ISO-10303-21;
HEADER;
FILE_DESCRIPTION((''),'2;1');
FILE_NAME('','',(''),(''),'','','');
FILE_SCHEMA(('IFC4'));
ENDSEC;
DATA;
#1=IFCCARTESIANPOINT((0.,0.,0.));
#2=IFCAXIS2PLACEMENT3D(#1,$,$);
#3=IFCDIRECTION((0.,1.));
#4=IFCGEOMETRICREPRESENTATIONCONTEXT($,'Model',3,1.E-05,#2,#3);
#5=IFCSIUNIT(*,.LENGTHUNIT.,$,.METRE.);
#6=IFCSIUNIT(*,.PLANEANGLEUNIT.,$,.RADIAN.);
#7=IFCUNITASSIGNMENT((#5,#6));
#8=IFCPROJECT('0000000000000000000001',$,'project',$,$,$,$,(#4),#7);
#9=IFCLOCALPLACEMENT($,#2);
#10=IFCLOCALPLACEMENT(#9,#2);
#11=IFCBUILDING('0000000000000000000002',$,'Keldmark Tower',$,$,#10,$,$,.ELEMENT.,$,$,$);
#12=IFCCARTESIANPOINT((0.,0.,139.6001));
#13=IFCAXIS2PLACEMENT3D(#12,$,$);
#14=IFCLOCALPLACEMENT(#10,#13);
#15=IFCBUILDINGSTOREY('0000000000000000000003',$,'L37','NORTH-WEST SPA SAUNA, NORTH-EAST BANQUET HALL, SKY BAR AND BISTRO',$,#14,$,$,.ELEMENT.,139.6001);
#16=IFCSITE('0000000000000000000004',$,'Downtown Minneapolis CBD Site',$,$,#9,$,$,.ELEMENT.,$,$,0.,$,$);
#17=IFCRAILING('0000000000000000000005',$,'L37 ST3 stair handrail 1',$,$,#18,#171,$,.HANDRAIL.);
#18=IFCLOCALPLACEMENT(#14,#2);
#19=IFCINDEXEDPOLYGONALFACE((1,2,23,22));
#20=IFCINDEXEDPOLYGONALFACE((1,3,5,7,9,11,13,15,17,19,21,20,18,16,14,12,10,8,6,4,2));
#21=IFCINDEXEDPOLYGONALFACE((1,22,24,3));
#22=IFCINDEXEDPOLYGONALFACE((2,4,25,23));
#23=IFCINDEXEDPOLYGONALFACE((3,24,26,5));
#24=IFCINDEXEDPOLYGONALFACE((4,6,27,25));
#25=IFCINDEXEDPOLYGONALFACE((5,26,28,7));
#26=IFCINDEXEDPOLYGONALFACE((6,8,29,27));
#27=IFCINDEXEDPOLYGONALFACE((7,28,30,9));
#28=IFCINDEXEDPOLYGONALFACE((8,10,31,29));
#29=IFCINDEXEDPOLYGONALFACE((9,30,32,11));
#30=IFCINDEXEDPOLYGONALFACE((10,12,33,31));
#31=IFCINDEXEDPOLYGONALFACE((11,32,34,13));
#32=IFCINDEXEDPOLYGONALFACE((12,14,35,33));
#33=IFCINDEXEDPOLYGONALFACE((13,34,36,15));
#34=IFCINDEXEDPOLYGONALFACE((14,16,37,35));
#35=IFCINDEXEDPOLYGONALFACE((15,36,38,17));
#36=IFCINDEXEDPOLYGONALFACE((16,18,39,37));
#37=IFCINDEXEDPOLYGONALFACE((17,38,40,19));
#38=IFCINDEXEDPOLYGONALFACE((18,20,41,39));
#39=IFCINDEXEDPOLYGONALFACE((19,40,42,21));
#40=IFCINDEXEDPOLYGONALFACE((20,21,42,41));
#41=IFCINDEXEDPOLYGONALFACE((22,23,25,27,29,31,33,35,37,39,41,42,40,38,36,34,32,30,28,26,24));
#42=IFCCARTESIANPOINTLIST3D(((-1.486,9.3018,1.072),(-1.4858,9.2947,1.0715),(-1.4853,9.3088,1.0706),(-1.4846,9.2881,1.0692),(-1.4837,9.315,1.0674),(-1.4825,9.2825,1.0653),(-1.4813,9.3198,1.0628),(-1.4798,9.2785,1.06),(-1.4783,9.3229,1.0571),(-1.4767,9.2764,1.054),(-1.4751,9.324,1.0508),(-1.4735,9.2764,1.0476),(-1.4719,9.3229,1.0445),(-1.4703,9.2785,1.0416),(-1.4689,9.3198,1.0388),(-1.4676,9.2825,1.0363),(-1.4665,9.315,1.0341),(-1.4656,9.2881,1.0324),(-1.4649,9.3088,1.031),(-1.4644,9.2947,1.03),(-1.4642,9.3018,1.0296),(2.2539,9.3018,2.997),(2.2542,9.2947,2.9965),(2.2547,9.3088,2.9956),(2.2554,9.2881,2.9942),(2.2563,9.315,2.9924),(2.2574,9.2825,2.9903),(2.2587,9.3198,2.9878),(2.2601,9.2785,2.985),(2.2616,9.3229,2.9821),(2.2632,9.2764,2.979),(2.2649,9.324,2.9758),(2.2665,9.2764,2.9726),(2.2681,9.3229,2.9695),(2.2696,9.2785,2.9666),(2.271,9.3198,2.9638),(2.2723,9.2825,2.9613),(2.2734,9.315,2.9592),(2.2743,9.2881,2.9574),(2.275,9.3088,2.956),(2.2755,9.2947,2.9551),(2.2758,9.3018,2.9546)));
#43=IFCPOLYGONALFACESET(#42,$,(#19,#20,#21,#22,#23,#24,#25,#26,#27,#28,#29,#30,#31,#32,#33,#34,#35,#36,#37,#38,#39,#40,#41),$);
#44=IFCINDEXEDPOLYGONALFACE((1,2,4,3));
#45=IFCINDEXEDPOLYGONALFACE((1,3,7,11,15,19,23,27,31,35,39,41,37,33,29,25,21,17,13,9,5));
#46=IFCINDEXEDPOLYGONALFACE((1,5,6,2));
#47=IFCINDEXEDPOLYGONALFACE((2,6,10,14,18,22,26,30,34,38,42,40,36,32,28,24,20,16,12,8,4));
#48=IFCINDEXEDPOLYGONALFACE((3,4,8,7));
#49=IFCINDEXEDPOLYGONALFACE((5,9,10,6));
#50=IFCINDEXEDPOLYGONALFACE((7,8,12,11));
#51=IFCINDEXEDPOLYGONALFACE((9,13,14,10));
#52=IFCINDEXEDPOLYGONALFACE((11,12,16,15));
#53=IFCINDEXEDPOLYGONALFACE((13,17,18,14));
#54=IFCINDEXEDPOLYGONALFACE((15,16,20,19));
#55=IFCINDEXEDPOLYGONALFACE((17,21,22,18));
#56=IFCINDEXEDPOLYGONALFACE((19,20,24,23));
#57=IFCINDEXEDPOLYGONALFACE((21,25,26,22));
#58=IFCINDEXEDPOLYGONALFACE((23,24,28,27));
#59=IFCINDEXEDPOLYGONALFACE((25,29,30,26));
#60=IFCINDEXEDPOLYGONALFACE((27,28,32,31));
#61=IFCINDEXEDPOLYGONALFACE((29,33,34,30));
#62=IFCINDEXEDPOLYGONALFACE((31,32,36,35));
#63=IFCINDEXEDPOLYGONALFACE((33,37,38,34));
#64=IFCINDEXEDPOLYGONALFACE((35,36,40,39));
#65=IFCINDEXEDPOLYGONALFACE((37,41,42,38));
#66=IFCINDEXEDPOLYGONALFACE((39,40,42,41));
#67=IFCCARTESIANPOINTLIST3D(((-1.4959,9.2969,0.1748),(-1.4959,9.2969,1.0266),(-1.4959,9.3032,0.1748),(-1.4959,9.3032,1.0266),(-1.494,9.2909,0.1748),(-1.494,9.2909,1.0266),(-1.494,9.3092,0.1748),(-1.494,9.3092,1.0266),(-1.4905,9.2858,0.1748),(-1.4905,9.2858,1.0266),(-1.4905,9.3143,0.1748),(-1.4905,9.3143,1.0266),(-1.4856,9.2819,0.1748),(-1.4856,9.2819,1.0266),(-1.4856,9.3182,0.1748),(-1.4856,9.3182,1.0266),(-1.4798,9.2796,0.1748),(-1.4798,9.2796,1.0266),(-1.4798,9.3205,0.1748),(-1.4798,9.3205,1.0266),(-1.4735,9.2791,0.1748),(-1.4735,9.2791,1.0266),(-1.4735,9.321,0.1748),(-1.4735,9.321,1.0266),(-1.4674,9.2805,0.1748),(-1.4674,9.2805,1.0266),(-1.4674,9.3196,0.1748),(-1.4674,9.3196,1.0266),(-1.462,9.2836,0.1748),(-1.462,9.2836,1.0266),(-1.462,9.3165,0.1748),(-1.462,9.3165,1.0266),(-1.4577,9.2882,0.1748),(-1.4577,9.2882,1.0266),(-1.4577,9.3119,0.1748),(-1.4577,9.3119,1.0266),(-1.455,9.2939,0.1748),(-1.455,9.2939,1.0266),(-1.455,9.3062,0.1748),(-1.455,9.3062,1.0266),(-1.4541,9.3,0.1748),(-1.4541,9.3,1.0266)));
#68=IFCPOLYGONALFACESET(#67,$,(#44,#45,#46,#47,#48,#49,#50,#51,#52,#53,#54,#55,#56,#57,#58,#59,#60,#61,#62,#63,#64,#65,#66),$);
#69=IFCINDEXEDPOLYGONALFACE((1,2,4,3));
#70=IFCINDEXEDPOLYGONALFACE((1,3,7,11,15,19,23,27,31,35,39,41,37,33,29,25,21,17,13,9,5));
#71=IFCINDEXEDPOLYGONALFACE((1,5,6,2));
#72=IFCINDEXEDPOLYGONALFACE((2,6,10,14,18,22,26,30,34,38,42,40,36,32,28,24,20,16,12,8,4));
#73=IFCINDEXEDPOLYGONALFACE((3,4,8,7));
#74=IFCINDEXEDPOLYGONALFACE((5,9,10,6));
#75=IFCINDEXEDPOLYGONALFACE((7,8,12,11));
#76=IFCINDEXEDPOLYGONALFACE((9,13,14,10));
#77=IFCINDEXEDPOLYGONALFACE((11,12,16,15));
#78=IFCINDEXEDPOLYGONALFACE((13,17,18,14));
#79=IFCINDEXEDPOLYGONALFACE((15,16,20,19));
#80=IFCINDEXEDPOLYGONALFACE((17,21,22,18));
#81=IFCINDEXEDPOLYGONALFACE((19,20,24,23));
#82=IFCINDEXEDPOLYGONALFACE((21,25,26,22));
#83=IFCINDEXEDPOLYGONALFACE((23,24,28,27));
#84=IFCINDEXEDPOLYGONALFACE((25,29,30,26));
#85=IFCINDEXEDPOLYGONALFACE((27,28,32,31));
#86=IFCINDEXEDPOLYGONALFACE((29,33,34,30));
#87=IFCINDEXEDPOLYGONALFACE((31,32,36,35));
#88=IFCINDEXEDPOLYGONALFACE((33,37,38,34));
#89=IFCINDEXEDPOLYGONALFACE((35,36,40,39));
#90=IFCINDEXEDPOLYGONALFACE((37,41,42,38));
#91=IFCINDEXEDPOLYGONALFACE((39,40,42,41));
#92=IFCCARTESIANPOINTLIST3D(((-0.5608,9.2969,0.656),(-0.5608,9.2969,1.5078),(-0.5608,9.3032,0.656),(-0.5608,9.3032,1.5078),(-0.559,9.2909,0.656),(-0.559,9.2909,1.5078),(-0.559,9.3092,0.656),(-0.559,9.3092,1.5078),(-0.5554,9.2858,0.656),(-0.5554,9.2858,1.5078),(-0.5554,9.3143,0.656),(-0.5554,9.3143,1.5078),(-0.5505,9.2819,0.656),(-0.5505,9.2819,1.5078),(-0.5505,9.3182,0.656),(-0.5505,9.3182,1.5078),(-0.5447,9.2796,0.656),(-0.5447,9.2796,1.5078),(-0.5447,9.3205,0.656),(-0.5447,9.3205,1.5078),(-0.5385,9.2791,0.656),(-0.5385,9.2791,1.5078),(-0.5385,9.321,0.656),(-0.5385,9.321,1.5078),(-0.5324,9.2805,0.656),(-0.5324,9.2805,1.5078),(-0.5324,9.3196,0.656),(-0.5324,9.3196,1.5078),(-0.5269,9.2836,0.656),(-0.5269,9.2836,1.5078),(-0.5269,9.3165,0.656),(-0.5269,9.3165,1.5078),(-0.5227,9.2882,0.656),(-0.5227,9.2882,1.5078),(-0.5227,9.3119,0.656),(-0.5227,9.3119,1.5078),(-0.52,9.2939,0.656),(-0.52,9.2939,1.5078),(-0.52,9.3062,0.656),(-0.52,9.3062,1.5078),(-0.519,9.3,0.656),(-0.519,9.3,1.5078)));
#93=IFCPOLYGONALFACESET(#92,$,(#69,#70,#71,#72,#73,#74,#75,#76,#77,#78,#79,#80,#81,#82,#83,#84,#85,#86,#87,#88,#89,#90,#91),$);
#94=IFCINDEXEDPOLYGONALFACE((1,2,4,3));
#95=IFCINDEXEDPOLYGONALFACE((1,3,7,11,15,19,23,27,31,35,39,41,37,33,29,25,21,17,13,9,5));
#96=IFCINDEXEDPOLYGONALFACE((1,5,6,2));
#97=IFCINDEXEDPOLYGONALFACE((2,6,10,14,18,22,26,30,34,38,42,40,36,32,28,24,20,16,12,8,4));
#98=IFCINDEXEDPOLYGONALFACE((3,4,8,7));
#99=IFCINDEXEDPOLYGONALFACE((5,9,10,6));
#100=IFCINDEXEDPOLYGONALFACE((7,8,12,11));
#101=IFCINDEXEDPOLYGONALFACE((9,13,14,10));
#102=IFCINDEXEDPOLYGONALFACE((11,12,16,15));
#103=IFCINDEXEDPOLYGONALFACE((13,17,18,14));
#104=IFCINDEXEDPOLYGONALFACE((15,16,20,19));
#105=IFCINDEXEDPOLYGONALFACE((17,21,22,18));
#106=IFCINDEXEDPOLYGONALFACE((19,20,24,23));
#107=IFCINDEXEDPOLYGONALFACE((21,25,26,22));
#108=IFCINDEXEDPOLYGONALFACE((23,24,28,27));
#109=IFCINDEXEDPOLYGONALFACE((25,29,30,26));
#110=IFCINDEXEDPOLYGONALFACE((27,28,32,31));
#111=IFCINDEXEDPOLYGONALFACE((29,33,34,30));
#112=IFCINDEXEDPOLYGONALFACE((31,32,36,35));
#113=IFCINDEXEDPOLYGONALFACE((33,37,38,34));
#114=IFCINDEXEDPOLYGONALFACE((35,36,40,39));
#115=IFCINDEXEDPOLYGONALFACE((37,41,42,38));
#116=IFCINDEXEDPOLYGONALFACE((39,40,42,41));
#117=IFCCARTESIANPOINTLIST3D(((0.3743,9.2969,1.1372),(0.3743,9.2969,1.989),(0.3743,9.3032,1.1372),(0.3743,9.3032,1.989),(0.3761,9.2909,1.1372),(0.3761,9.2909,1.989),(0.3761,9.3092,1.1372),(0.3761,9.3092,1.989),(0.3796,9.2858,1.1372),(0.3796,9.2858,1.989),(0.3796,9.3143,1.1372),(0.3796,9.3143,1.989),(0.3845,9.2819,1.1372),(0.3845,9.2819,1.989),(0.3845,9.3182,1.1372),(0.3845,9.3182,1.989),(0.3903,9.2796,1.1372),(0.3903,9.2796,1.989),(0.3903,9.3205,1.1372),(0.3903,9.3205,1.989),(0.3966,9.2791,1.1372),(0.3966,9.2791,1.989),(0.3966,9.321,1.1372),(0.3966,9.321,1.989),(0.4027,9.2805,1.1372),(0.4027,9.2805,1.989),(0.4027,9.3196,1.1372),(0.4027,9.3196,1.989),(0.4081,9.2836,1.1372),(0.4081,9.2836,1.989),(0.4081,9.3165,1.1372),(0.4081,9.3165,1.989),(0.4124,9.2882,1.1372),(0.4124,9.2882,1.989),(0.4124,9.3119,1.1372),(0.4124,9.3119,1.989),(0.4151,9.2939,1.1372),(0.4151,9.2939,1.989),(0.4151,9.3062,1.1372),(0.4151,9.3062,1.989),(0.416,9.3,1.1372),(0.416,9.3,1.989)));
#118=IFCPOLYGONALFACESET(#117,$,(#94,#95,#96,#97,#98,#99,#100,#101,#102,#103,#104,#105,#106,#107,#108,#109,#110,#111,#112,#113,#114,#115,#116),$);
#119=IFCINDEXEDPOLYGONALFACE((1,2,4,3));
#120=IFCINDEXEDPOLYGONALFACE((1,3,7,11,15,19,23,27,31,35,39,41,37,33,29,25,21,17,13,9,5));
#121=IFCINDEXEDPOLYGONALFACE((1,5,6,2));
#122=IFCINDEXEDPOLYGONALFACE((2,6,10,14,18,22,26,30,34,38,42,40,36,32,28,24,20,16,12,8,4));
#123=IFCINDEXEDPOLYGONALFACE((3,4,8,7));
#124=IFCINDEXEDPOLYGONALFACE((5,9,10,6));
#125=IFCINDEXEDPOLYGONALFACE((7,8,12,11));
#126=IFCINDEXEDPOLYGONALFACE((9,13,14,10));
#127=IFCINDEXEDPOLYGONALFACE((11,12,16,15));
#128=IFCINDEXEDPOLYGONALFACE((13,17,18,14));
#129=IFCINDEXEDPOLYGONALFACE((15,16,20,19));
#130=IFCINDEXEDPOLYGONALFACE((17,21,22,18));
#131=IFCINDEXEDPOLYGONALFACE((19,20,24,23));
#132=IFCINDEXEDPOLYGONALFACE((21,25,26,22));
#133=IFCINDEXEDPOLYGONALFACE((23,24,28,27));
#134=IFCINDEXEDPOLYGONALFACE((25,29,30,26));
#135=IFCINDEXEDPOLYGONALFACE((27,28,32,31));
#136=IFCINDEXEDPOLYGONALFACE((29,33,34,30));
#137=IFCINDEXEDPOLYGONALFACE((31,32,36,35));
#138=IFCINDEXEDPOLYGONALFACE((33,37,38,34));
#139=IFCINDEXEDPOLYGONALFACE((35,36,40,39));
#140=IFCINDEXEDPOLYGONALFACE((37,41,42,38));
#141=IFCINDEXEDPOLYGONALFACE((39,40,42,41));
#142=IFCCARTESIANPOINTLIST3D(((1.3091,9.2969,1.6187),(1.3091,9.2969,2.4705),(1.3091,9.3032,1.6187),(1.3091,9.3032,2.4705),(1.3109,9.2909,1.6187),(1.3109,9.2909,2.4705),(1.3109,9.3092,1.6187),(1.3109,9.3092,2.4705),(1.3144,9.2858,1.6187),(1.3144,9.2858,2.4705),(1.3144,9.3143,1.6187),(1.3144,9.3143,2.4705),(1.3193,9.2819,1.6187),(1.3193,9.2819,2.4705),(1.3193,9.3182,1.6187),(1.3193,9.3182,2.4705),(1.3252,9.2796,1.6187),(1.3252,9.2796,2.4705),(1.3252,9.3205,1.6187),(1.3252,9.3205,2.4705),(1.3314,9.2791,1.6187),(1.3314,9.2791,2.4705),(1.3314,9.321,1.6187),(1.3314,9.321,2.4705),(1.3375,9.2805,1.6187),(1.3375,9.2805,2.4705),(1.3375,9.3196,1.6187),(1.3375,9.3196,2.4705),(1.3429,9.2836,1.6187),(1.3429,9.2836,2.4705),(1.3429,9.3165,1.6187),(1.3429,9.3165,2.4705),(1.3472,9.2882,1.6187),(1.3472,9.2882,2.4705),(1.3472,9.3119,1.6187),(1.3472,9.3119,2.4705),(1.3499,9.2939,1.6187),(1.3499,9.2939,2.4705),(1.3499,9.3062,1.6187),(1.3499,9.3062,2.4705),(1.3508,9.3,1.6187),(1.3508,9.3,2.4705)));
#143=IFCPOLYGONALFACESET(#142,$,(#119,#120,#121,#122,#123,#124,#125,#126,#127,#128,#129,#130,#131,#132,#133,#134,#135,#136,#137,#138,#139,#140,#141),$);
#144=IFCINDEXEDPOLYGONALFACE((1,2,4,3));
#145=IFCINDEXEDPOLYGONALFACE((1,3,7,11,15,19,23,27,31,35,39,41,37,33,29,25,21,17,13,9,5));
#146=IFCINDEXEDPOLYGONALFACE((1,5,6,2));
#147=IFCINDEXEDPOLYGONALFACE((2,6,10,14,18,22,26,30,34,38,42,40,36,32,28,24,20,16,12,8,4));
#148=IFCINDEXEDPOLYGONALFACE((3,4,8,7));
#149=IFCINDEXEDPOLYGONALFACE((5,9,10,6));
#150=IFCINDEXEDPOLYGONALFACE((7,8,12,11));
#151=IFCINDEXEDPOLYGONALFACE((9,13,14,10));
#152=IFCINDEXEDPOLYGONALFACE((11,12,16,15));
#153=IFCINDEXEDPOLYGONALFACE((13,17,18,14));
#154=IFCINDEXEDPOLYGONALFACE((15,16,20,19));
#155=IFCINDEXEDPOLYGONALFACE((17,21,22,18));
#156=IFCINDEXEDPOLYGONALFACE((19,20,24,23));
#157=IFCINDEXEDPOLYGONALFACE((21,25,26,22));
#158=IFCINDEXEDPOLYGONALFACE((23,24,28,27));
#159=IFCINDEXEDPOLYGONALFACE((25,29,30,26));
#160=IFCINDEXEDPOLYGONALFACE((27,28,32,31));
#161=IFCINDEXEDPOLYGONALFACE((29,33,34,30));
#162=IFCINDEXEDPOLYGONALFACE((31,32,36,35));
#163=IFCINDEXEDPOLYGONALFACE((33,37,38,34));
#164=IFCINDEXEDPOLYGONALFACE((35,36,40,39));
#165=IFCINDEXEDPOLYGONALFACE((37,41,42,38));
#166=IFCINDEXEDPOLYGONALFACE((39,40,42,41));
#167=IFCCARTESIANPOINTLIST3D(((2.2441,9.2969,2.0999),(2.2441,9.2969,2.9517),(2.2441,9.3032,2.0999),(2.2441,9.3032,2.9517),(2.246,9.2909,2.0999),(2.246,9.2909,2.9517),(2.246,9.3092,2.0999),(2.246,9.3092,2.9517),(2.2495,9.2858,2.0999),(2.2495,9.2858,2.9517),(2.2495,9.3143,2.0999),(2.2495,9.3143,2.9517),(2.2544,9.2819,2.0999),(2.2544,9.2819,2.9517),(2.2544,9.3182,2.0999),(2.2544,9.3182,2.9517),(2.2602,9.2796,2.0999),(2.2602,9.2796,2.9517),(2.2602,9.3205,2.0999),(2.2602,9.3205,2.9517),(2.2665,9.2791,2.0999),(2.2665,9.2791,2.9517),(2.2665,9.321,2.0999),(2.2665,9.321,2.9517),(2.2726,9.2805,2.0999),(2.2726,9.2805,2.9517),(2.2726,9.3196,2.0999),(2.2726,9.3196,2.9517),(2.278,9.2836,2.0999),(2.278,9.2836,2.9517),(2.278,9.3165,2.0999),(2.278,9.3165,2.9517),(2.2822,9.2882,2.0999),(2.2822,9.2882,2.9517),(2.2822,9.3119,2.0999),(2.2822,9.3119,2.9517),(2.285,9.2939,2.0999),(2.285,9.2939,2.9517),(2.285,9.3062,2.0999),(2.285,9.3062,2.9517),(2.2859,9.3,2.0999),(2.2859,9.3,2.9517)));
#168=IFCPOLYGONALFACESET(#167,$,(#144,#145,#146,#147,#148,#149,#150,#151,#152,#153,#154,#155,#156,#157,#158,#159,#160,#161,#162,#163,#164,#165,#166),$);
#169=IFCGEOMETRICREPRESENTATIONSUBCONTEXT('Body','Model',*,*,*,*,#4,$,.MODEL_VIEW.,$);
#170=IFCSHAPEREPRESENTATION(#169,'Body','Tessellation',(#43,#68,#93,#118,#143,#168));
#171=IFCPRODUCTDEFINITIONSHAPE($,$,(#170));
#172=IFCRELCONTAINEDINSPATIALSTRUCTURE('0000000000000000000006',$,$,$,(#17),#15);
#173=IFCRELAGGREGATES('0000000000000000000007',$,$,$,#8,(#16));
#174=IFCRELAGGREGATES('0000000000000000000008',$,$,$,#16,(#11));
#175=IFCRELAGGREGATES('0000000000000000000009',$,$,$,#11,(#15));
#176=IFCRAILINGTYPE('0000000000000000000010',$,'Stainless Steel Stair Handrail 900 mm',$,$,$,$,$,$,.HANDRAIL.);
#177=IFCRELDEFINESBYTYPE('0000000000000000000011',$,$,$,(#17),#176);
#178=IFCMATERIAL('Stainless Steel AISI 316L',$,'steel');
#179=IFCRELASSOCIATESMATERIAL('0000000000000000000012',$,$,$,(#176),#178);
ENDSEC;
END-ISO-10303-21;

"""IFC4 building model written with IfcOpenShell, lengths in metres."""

from ifc_helpers import new_model, si_unit, direction, frame, origin, origin_2d, place, context, subcontext, project, spatial, circle, extrude, material, type_object, element, save


model = new_model("IFC4")

# Units and contexts
model_context = context("Model", 3, precision=1e-05, world=origin(), true_north=direction((0.0, 1.0)))
body_context = subcontext(model_context, "Body", "Model", "MODEL_VIEW")
ifc_project = project(units=[si_unit("LENGTHUNIT", "METRE"), si_unit("PLANEANGLEUNIT", "RADIAN")], contexts=[model_context])

# Site, building, storey
site_placement = place(None, origin())
site = spatial("IfcSite", under=ifc_project, at=site_placement, Name="Downtown Minneapolis CBD Site", CompositionType="ELEMENT", RefElevation=0.0)
building_placement = place(site_placement, origin())
building = spatial("IfcBuilding", under=site, at=building_placement, Name="Keldmark Tower", CompositionType="ELEMENT")
storey_placement = place(building_placement, frame((0.0, 0.0, 139.6001)))
storey = spatial("IfcBuildingStorey", under=building, at=storey_placement, Name="L37", Description="NORTH-WEST SPA SAUNA, NORTH-EAST BANQUET HALL, SKY BAR AND BISTRO", CompositionType="ELEMENT", Elevation=139.6001)

# Railing
ifc_material_1 = material(Name="Stainless Steel AISI 316L", Category="steel")
railing_type_1 = type_object("IfcRailingType", Name="Stainless Steel Stair Handrail 900 mm", PredefinedType="HANDRAIL", material=ifc_material_1)
railing_1_placement = place(storey_placement, frame((-1.4751, 9.3, 0.1748)))
element("IfcRailing", 1, at=railing_1_placement, inside=storey, type_object=railing_type_1, Name="L37 ST3 stair handrail 1", PredefinedType="HANDRAIL", context=body_context, shape_type="SweptSolid", body=[
    extrude(circle(Radius=0.0239, at=origin_2d()), frame((0.0, 0.0, 0.876), z_axis=(0.889131, 0.0, 0.457654), x_axis=(0.0, 1.0, 0.0)), (0.0, 0.0, 1.0), 4.2063),
    extrude(circle(Radius=0.021, at=origin_2d()), origin(), (0.0, 0.0, 1.0), 0.8518),
    extrude(circle(Radius=0.021, at=origin_2d()), frame((0.9351, 0.0, 0.4812)), (0.0, 0.0, 1.0), 0.8518),
    extrude(circle(Radius=0.021, at=origin_2d()), frame((1.8701, 0.0, 0.9624)), (0.0, 0.0, 1.0), 0.8518),
    extrude(circle(Radius=0.021, at=origin_2d()), frame((2.8049, 0.0, 1.4438)), (0.0, 0.0, 1.0), 0.8518),
    extrude(circle(Radius=0.021, at=origin_2d()), frame((3.74, 0.0, 1.925)), (0.0, 0.0, 1.0), 0.8518),
])

save(model, "model.ifc")
